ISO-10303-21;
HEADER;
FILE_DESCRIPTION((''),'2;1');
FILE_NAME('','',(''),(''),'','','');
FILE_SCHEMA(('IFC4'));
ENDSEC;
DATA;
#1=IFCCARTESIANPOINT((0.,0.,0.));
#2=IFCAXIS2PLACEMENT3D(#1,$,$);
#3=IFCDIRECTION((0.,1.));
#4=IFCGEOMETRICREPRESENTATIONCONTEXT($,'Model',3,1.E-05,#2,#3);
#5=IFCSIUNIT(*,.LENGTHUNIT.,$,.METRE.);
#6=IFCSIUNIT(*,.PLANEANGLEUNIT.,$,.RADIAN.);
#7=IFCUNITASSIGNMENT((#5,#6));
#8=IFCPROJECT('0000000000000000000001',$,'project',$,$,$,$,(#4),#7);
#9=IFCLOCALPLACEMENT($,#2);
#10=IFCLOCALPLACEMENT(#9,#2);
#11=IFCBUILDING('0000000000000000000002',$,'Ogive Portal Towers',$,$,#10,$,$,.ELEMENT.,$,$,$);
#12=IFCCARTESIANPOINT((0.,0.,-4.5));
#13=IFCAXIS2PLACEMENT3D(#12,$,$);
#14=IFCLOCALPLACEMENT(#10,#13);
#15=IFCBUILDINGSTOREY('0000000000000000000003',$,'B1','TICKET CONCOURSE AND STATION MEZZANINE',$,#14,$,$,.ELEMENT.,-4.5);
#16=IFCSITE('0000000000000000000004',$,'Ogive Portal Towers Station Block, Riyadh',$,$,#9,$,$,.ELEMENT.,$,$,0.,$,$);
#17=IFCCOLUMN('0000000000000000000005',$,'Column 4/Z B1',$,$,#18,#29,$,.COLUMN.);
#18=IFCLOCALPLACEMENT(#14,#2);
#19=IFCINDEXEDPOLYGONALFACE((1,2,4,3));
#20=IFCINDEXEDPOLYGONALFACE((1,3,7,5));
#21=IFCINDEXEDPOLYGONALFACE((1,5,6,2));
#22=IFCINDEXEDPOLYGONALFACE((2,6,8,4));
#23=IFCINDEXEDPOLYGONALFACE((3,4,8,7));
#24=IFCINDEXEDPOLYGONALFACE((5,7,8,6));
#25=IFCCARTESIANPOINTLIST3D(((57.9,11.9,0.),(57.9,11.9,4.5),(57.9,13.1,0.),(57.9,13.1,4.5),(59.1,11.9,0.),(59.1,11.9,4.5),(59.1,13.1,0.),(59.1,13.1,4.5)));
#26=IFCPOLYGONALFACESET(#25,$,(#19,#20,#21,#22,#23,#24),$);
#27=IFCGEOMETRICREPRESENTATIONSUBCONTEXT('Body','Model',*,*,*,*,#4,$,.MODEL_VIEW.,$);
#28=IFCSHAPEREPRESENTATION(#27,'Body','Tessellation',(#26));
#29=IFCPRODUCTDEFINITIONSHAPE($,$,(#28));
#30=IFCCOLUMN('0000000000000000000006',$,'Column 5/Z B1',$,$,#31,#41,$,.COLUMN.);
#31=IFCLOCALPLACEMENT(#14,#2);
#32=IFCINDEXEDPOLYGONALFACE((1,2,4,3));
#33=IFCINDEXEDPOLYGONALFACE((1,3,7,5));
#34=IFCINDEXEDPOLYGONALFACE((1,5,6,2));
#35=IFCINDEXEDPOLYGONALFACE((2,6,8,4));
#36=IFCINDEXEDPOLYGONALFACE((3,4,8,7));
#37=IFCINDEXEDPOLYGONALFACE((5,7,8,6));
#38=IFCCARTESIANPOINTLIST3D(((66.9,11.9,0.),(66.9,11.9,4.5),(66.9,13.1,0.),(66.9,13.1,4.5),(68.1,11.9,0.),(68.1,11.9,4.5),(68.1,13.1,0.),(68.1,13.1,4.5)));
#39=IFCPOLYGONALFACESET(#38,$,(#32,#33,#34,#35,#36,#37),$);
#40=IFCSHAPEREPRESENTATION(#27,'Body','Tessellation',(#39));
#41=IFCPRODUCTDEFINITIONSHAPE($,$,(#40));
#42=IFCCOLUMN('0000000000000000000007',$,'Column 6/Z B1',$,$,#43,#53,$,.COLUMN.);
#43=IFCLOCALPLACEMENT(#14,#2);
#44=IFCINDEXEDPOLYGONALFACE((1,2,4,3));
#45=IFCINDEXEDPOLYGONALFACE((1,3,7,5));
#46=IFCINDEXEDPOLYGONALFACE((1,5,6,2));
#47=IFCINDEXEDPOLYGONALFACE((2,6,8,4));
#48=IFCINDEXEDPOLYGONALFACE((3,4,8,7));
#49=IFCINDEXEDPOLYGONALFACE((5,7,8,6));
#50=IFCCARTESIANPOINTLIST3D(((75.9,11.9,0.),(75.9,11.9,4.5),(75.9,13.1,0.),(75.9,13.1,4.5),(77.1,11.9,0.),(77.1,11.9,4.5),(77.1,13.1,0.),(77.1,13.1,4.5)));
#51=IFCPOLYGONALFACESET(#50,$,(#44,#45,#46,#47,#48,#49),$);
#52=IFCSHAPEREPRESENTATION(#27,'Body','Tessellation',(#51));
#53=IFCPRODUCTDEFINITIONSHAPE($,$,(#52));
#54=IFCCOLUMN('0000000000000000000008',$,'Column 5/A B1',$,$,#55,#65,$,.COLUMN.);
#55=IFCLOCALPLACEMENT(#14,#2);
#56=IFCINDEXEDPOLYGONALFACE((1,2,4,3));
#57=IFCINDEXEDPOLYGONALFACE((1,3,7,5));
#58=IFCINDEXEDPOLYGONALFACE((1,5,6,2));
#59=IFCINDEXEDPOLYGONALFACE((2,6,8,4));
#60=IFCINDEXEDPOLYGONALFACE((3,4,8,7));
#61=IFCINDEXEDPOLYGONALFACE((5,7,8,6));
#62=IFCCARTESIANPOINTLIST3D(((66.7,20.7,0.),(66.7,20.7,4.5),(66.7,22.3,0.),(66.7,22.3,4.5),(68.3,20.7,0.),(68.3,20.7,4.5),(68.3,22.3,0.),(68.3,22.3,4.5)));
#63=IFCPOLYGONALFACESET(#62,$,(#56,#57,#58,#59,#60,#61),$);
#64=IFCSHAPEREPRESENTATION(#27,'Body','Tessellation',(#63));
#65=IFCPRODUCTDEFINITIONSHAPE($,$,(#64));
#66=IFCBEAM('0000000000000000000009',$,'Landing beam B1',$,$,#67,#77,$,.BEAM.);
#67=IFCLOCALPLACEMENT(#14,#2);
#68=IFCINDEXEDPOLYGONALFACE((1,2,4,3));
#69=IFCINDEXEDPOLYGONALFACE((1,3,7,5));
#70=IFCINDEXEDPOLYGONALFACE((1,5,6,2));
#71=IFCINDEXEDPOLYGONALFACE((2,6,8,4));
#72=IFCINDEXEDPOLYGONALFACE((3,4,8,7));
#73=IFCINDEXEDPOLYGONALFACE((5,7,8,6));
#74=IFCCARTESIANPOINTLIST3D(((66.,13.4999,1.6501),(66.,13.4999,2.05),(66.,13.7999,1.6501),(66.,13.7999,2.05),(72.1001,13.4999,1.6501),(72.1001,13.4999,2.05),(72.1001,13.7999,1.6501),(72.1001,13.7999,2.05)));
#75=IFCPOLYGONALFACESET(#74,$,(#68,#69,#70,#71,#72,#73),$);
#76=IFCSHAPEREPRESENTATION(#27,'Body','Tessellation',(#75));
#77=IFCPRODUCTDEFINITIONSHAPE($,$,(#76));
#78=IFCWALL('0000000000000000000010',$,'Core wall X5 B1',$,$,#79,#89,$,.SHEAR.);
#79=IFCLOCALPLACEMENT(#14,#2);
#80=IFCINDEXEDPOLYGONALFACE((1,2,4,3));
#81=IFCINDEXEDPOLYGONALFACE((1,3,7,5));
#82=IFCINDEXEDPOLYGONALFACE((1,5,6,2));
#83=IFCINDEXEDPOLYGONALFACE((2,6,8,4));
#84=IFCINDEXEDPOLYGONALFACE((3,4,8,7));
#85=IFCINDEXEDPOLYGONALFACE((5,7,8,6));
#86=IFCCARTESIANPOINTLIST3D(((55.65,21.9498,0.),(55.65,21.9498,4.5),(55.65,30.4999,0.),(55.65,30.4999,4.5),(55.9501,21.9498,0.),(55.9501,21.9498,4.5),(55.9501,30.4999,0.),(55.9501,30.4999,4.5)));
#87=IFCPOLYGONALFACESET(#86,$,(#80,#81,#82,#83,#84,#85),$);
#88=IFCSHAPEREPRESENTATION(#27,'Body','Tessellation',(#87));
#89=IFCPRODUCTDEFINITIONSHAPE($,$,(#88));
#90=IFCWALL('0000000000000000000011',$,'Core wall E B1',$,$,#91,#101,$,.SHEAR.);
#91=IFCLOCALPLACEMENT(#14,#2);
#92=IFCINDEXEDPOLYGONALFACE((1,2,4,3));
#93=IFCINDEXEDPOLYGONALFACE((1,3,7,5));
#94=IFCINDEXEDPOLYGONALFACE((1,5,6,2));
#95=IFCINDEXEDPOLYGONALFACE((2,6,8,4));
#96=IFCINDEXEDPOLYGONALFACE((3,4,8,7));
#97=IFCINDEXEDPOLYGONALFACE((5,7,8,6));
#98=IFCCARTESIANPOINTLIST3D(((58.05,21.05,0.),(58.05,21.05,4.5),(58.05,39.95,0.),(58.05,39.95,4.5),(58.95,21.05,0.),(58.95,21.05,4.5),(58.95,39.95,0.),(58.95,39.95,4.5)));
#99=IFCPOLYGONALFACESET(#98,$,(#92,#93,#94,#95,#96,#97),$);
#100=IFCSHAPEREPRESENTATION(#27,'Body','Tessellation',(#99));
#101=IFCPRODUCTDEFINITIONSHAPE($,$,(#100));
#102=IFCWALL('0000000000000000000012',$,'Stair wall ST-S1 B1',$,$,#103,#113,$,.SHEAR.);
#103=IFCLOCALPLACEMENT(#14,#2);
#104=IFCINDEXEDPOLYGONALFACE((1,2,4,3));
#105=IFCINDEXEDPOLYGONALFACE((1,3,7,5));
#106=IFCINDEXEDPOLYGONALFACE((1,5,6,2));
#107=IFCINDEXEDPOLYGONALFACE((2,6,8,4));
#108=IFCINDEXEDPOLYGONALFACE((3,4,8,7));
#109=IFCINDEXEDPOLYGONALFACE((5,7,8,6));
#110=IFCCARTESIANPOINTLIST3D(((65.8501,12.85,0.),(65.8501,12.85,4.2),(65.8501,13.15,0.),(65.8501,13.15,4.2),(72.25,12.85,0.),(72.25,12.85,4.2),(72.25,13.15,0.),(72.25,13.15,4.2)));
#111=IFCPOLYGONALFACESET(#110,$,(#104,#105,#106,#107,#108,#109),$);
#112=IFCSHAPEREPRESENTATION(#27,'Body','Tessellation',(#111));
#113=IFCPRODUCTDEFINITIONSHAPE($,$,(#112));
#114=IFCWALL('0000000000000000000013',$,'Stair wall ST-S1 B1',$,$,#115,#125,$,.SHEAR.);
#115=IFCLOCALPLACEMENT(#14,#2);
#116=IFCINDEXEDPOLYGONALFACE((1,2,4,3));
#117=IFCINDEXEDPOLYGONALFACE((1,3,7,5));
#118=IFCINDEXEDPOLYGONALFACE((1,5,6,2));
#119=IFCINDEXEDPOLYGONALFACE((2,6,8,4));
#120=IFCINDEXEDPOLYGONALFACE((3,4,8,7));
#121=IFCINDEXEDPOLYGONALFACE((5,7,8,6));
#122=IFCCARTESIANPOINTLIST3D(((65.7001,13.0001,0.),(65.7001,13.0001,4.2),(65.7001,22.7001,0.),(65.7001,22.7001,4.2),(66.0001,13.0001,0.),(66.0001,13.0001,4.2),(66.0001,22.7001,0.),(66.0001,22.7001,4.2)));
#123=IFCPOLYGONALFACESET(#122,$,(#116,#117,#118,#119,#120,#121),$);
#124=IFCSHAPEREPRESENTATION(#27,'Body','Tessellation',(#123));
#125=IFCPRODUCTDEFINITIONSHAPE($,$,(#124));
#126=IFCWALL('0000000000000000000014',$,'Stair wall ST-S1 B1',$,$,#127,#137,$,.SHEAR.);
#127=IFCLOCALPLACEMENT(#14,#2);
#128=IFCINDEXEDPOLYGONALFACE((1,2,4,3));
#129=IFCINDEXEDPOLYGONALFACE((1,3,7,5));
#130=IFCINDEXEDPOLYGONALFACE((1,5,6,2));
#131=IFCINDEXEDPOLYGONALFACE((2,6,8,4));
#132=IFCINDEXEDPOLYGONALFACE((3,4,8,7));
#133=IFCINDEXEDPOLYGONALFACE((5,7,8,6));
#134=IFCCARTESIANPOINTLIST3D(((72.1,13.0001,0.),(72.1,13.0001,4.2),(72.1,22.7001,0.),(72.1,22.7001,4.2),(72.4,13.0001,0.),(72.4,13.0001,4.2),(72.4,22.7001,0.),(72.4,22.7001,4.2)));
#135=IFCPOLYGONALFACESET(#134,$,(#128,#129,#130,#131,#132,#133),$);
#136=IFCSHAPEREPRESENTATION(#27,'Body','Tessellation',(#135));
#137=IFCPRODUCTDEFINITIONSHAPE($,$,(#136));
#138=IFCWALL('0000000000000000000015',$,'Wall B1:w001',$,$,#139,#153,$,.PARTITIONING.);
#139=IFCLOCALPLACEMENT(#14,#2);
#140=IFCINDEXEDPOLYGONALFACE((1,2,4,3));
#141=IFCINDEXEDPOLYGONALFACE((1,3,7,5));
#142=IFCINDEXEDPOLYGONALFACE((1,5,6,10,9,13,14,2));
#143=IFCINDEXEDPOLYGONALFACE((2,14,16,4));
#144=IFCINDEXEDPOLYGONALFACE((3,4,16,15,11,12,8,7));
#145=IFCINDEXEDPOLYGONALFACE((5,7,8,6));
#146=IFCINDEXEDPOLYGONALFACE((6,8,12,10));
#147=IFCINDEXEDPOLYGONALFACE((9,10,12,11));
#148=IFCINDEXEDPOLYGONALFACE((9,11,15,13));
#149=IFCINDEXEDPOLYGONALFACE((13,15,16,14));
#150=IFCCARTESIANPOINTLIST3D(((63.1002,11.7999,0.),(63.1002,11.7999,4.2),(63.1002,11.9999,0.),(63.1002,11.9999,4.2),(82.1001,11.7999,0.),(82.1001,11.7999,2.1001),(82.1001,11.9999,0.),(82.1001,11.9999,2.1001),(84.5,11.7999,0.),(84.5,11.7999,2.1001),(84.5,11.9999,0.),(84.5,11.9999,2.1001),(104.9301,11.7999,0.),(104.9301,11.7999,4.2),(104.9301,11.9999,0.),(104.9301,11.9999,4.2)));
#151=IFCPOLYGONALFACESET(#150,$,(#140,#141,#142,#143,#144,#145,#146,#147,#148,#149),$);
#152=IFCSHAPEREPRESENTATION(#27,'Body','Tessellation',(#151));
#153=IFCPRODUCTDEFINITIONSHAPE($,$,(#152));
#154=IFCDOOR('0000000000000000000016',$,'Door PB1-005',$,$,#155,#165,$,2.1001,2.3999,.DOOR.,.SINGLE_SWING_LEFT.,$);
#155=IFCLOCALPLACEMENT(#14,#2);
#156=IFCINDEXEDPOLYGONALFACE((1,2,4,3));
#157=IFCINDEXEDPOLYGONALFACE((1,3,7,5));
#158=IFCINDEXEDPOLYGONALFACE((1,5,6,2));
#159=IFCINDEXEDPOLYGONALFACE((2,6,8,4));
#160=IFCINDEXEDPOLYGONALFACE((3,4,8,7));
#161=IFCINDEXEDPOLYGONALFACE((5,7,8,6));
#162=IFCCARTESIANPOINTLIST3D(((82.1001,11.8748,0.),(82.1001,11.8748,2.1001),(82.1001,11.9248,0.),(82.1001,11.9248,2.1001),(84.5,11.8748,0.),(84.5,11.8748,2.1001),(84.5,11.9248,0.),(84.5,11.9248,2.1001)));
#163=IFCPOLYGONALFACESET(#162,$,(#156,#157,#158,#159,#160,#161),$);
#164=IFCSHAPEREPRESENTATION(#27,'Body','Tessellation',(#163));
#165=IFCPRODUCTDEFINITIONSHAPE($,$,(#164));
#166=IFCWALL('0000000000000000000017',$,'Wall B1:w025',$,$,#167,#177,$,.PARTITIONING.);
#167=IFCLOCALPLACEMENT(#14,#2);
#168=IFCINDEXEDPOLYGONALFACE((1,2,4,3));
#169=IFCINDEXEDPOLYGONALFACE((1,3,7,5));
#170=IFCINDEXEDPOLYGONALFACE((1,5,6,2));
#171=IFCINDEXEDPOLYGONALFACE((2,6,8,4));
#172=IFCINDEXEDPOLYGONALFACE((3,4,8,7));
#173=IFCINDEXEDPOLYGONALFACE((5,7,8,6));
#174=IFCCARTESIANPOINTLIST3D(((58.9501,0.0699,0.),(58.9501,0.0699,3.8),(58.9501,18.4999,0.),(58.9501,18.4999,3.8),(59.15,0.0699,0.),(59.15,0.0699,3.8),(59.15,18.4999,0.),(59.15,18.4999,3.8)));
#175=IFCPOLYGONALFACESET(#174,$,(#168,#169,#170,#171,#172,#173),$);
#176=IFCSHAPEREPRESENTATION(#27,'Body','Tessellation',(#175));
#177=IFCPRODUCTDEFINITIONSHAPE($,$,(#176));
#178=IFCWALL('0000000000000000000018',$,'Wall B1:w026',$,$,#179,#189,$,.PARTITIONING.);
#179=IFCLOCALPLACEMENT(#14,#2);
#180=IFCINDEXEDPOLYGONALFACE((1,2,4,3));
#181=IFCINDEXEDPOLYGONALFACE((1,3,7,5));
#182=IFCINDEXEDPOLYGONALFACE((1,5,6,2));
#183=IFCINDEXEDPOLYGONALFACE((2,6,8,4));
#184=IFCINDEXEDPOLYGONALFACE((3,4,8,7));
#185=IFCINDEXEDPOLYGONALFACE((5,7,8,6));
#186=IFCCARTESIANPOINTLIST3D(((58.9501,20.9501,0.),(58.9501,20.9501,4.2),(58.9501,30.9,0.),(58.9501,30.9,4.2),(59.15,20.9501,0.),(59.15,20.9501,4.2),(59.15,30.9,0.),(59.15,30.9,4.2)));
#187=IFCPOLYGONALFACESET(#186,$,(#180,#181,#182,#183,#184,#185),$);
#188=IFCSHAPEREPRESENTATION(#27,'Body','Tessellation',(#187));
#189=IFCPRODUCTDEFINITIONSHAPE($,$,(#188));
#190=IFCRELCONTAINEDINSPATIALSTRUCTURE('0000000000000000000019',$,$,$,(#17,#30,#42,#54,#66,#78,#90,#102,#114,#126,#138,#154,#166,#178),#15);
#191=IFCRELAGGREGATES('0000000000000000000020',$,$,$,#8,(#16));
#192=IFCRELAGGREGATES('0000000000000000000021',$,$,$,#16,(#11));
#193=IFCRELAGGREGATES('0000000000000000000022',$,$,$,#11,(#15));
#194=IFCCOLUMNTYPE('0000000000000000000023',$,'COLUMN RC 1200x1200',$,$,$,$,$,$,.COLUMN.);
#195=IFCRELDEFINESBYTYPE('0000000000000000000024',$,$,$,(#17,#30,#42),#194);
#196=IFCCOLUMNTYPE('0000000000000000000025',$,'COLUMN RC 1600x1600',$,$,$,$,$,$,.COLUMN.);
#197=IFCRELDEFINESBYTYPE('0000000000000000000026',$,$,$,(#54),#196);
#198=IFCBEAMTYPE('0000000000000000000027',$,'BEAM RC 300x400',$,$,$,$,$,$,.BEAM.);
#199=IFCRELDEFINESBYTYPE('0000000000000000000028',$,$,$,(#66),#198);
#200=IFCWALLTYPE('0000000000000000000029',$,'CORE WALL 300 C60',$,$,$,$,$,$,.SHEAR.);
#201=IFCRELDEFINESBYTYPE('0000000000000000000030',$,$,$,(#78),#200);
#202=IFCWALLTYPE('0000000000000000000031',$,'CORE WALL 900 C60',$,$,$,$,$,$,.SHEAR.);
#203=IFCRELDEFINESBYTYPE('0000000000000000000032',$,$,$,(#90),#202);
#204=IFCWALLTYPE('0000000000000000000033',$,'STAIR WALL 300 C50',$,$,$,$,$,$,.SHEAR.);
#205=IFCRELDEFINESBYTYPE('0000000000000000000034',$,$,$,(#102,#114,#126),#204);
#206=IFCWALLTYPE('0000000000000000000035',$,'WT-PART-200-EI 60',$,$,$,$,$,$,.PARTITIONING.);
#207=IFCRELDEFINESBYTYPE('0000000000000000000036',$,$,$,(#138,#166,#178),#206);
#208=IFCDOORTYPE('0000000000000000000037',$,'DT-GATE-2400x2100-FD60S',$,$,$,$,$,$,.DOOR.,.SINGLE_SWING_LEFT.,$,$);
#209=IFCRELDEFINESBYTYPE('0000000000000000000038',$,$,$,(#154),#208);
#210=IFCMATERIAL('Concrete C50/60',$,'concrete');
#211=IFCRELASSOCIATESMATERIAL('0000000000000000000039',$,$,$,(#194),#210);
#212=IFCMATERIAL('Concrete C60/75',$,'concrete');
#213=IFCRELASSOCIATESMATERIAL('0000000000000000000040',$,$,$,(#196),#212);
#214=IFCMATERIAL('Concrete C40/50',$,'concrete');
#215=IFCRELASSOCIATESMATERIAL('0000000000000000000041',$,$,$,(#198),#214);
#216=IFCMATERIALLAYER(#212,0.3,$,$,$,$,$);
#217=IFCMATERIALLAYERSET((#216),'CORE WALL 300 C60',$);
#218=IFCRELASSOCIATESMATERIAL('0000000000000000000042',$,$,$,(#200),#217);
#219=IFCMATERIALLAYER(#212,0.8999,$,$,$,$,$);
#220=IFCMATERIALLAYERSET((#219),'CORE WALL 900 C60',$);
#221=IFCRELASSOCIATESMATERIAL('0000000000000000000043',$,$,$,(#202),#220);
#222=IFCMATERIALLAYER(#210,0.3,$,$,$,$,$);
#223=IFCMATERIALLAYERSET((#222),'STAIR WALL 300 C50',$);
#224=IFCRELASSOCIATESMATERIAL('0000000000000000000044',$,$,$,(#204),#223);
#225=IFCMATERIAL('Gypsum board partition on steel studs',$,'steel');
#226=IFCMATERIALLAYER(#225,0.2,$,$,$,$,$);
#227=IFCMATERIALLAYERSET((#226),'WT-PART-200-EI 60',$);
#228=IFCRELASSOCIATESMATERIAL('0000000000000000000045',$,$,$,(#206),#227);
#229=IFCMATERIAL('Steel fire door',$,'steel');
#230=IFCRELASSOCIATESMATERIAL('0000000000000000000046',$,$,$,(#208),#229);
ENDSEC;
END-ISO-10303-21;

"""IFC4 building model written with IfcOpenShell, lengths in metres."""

from ifc_helpers import new_model, si_unit, direction, frame, frame_2d, origin, origin_2d, place, context, subcontext, project, spatial, rectangle, extrude, material, layer, layer_set, material_profile, profile_set, type_object, element, fill, save


model = new_model("IFC4")

# Units and contexts
model_context = context("Model", 3, precision=1e-05, world=origin(), true_north=direction((0.0, 1.0)))
body_context = subcontext(model_context, "Body", "Model", "MODEL_VIEW")
ifc_project = project(units=[si_unit("LENGTHUNIT", "METRE"), si_unit("PLANEANGLEUNIT", "RADIAN")], contexts=[model_context])

# Site, building, storey
site_placement = place(None, origin())
site = spatial("IfcSite", under=ifc_project, at=site_placement, Name="Ogive Portal Towers Station Block, Riyadh", CompositionType="ELEMENT", RefElevation=0.0)
building_placement = place(site_placement, origin())
building = spatial("IfcBuilding", under=site, at=building_placement, Name="Ogive Portal Towers", CompositionType="ELEMENT")
storey_placement = place(building_placement, frame((0.0, 0.0, -4.5)))
storey = spatial("IfcBuildingStorey", under=building, at=storey_placement, Name="B1", Description="TICKET CONCOURSE AND STATION MEZZANINE", CompositionType="ELEMENT", Elevation=-4.5)

# Columns
ifc_material_1 = material(Name="Concrete C50/60", Category="concrete")
ifc_material_profile_1 = material_profile(ifc_material_1, rectangle(XDim=1.2, YDim=1.2, at=origin_2d()), Name="RC 1200x1200")
ifc_profile_set_1 = profile_set([ifc_material_profile_1], Name="Concrete C50/60")
column_type_1 = type_object("IfcColumnType", Name="COLUMN RC 1200x1200", PredefinedType="COLUMN", material=ifc_profile_set_1)
for number, where, z_axis, x_axis, name in (
    (1, (58.5, 12.5, 0.0), (0.0, 0.0, 1.0), (1.0, 0.0, 0.0), "Column 4/Z B1"),
    (2, (67.5, 12.5, 0.0), (0.0, 0.0, 1.0), (1.0, 0.0, 0.0), "Column 5/Z B1"),
    (3, (76.5, 12.5, 0.0), (0.0, 0.0, 1.0), (1.0, 0.0, 0.0), "Column 6/Z B1"),
):
    element("IfcColumn", number, at=place(storey_placement, frame(where, z_axis=z_axis, x_axis=x_axis)), inside=storey, type_object=column_type_1, Name=name, PredefinedType="COLUMN", context=body_context, shape_type="SweptSolid", body=[
        extrude(rectangle(XDim=1.2, YDim=1.2, at=origin_2d()), origin(), (0.0, 0.0, 1.0), 4.5),
    ])
ifc_material_2 = material(Name="Concrete C60/75", Category="concrete")
ifc_material_profile_2 = material_profile(ifc_material_2, rectangle(XDim=1.6001, YDim=1.6001, at=origin_2d()), Name="RC 1600x1600")
ifc_profile_set_2 = profile_set([ifc_material_profile_2], Name="Concrete C60/75")
column_type_2 = type_object("IfcColumnType", Name="COLUMN RC 1600x1600", PredefinedType="COLUMN", material=ifc_profile_set_2)
column_placement = place(storey_placement, frame((67.5, 21.5, 0.0), z_axis=(0.0, 0.0, 1.0), x_axis=(1.0, 0.0, 0.0)))
element("IfcColumn", 4, at=column_placement, inside=storey, type_object=column_type_2, Name="Column 5/A B1", PredefinedType="COLUMN", context=body_context, shape_type="SweptSolid", body=[
    extrude(rectangle(XDim=1.6001, YDim=1.6001, at=origin_2d()), origin(), (0.0, 0.0, 1.0), 4.5),
])

# Beam
ifc_material_3 = material(Name="Concrete C40/50", Category="concrete")
ifc_material_profile_3 = material_profile(ifc_material_3, rectangle(XDim=0.3, YDim=0.3999, at=origin_2d()), Name="RC 300x400")
ifc_profile_set_3 = profile_set([ifc_material_profile_3], Name="Concrete C40/50")
beam_type = type_object("IfcBeamType", Name="BEAM RC 300x400", PredefinedType="BEAM", material=ifc_profile_set_3)
beam_placement = place(storey_placement, frame((66.0, 13.6499, 1.8501), z_axis=(1.0, 0.0, 0.0), x_axis=(0.0, 1.0, 0.0)))
element("IfcBeam", 5, at=beam_placement, inside=storey, type_object=beam_type, Name="Landing beam B1", PredefinedType="BEAM", context=body_context, shape_type="SweptSolid", body=[
    extrude(rectangle(XDim=0.3, YDim=0.3999, at=origin_2d()), origin(), (0.0, 0.0, 1.0), 6.1001),
])

# Walls
ifc_layer_1 = layer(ifc_material_2, 0.3)
ifc_layer_set_1 = layer_set([ifc_layer_1], Name="CORE WALL 300 C60")
wall_type_1 = type_object("IfcWallType", Name="CORE WALL 300 C60", PredefinedType="SHEAR", material=ifc_layer_set_1)
wall_1_placement = place(storey_placement, frame((55.8, 21.95, 0.0), z_axis=(0.0, 0.0, 1.0), x_axis=(0.0, 1.0, 0.0)))
element("IfcWall", 6, at=wall_1_placement, inside=storey, type_object=wall_type_1, Name="Core wall X5 B1", PredefinedType="SHEAR", context=body_context, shape_type="SweptSolid", body=[
    extrude(rectangle(XDim=8.55, YDim=0.3, at=frame_2d((4.2749, 0.0))), origin(), (0.0, 0.0, 1.0), 4.5),
])
ifc_layer_2 = layer(ifc_material_2, 0.8999)
ifc_layer_set_2 = layer_set([ifc_layer_2], Name="CORE WALL 900 C60")
wall_type_2 = type_object("IfcWallType", Name="CORE WALL 900 C60", PredefinedType="SHEAR", material=ifc_layer_set_2)
wall_2_placement = place(storey_placement, frame((58.5, 21.05, 0.0), z_axis=(0.0, 0.0, 1.0), x_axis=(0.0, 1.0, 0.0)))
element("IfcWall", 7, at=wall_2_placement, inside=storey, type_object=wall_type_2, Name="Core wall E B1", PredefinedType="SHEAR", context=body_context, shape_type="SweptSolid", body=[
    extrude(rectangle(XDim=18.8999, YDim=0.8999, at=frame_2d((9.45, 0.0))), origin(), (0.0, 0.0, 1.0), 4.5),
])
ifc_layer_3 = layer(ifc_material_1, 0.3)
ifc_layer_set_3 = layer_set([ifc_layer_3], Name="STAIR WALL 300 C50")
wall_type_3 = type_object("IfcWallType", Name="STAIR WALL 300 C50", PredefinedType="SHEAR", material=ifc_layer_set_3)
wall_3_placement = place(storey_placement, frame((65.8501, 13.0, 0.0), z_axis=(0.0, 0.0, 1.0), x_axis=(1.0, 0.0, 0.0)))
element("IfcWall", 8, at=wall_3_placement, inside=storey, type_object=wall_type_3, Name="Stair wall ST-S1 B1", PredefinedType="SHEAR", context=body_context, shape_type="SweptSolid", body=[
    extrude(rectangle(XDim=6.3999, YDim=0.3, at=frame_2d((3.2, 0.0))), origin(), (0.0, 0.0, 1.0), 4.2),
])
for number, where, z_axis, x_axis, name in (
    (9, (65.8501, 13.0, 0.0), (0.0, 0.0, 1.0), (0.0, 1.0, 0.0), "Stair wall ST-S1 B1"),
    (10, (72.25, 13.0, 0.0), (0.0, 0.0, 1.0), (0.0, 1.0, 0.0), "Stair wall ST-S1 B1"),
):
    element("IfcWall", number, at=place(storey_placement, frame(where, z_axis=z_axis, x_axis=x_axis)), inside=storey, type_object=wall_type_3, Name=name, PredefinedType="SHEAR", context=body_context, shape_type="SweptSolid", body=[
        extrude(rectangle(XDim=9.7, YDim=0.3, at=frame_2d((4.8501, 0.0))), origin(), (0.0, 0.0, 1.0), 4.2),
    ])

# Wall, opening, door
ifc_material_4 = material(Name="Gypsum board partition on steel studs", Category="steel")
ifc_layer_4 = layer(ifc_material_4, 0.2)
ifc_layer_set_4 = layer_set([ifc_layer_4], Name="WT-PART-200-EI 60")
wall_type_4 = type_object("IfcWallType", Name="WT-PART-200-EI 60", PredefinedType="PARTITIONING", material=ifc_layer_set_4)
wall_4_placement = place(storey_placement, frame((63.1001, 11.8999, 0.0), z_axis=(0.0, 0.0, 1.0), x_axis=(1.0, 0.0, 0.0)))
wall_4 = element("IfcWall", 11, at=wall_4_placement, inside=storey, type_object=wall_type_4, Name="Wall B1:w001", PredefinedType="PARTITIONING", context=body_context, shape_type="SweptSolid", body=[
    extrude(rectangle(XDim=41.8298, YDim=0.2, at=frame_2d((20.915, 0.0))), origin(), (0.0, 0.0, 1.0), 4.2),
])
opening_1_placement = place(wall_4_placement, frame((19.0, 0.0, 0.0)))
opening_1 = element("IfcOpeningElement", 12, at=opening_1_placement, cuts=wall_4, PredefinedType="OPENING", context=body_context, shape_type="SweptSolid", body=[
    extrude(rectangle(XDim=2.3999, YDim=2.1001, at=frame_2d((1.2, 1.05))), frame((0.0, 0.1099, 0.0), z_axis=(0.0, -1.0, 0.0), x_axis=(1.0, 0.0, 0.0)), (0.0, 0.0, 1.0), 0.22),
])
ifc_material_5 = material(Name="Steel fire door", Category="steel")
door_type_1 = type_object("IfcDoorType", Name="DT-GATE-2400x2100-FD60S", OperationType="SINGLE_SWING_LEFT", PredefinedType="DOOR", material=ifc_material_5)
door_1_placement = place(opening_1_placement, origin())
door_1 = element("IfcDoor", 13, at=door_1_placement, inside=storey, type_object=door_type_1, Name="Door PB1-005", OperationType="SINGLE_SWING_LEFT", OverallHeight=2.1001, OverallWidth=2.3999, PredefinedType="DOOR", context=body_context, shape_type="SweptSolid", body=[
    extrude(rectangle(XDim=2.3999, YDim=2.1001, at=frame_2d((1.2, 1.05))), frame((0.0, 0.0249, 0.0), z_axis=(0.0, -1.0, 0.0), x_axis=(1.0, 0.0, 0.0)), (0.0, 0.0, 1.0), 0.05),
])
fill(opening_1, door_1)

# Walls
wall_5_placement = place(storey_placement, frame((59.05, 0.0701, 0.0), z_axis=(0.0, 0.0, 1.0), x_axis=(0.0, 1.0, 0.0)))
element("IfcWall", 14, at=wall_5_placement, inside=storey, type_object=wall_type_4, Name="Wall B1:w025", PredefinedType="PARTITIONING", context=body_context, shape_type="SweptSolid", body=[
    extrude(rectangle(XDim=18.4299, YDim=0.2, at=frame_2d((9.2148, 0.0))), origin(), (0.0, 0.0, 1.0), 3.8),
])
wall_6_placement = place(storey_placement, frame((59.05, 20.95, 0.0), z_axis=(0.0, 0.0, 1.0), x_axis=(0.0, 1.0, 0.0)))
element("IfcWall", 15, at=wall_6_placement, inside=storey, type_object=wall_type_4, Name="Wall B1:w026", PredefinedType="PARTITIONING", context=body_context, shape_type="SweptSolid", body=[
    extrude(rectangle(XDim=9.95, YDim=0.2, at=frame_2d((4.9751, 0.0))), origin(), (0.0, 0.0, 1.0), 4.2),
])

save(model, "model.ifc")
